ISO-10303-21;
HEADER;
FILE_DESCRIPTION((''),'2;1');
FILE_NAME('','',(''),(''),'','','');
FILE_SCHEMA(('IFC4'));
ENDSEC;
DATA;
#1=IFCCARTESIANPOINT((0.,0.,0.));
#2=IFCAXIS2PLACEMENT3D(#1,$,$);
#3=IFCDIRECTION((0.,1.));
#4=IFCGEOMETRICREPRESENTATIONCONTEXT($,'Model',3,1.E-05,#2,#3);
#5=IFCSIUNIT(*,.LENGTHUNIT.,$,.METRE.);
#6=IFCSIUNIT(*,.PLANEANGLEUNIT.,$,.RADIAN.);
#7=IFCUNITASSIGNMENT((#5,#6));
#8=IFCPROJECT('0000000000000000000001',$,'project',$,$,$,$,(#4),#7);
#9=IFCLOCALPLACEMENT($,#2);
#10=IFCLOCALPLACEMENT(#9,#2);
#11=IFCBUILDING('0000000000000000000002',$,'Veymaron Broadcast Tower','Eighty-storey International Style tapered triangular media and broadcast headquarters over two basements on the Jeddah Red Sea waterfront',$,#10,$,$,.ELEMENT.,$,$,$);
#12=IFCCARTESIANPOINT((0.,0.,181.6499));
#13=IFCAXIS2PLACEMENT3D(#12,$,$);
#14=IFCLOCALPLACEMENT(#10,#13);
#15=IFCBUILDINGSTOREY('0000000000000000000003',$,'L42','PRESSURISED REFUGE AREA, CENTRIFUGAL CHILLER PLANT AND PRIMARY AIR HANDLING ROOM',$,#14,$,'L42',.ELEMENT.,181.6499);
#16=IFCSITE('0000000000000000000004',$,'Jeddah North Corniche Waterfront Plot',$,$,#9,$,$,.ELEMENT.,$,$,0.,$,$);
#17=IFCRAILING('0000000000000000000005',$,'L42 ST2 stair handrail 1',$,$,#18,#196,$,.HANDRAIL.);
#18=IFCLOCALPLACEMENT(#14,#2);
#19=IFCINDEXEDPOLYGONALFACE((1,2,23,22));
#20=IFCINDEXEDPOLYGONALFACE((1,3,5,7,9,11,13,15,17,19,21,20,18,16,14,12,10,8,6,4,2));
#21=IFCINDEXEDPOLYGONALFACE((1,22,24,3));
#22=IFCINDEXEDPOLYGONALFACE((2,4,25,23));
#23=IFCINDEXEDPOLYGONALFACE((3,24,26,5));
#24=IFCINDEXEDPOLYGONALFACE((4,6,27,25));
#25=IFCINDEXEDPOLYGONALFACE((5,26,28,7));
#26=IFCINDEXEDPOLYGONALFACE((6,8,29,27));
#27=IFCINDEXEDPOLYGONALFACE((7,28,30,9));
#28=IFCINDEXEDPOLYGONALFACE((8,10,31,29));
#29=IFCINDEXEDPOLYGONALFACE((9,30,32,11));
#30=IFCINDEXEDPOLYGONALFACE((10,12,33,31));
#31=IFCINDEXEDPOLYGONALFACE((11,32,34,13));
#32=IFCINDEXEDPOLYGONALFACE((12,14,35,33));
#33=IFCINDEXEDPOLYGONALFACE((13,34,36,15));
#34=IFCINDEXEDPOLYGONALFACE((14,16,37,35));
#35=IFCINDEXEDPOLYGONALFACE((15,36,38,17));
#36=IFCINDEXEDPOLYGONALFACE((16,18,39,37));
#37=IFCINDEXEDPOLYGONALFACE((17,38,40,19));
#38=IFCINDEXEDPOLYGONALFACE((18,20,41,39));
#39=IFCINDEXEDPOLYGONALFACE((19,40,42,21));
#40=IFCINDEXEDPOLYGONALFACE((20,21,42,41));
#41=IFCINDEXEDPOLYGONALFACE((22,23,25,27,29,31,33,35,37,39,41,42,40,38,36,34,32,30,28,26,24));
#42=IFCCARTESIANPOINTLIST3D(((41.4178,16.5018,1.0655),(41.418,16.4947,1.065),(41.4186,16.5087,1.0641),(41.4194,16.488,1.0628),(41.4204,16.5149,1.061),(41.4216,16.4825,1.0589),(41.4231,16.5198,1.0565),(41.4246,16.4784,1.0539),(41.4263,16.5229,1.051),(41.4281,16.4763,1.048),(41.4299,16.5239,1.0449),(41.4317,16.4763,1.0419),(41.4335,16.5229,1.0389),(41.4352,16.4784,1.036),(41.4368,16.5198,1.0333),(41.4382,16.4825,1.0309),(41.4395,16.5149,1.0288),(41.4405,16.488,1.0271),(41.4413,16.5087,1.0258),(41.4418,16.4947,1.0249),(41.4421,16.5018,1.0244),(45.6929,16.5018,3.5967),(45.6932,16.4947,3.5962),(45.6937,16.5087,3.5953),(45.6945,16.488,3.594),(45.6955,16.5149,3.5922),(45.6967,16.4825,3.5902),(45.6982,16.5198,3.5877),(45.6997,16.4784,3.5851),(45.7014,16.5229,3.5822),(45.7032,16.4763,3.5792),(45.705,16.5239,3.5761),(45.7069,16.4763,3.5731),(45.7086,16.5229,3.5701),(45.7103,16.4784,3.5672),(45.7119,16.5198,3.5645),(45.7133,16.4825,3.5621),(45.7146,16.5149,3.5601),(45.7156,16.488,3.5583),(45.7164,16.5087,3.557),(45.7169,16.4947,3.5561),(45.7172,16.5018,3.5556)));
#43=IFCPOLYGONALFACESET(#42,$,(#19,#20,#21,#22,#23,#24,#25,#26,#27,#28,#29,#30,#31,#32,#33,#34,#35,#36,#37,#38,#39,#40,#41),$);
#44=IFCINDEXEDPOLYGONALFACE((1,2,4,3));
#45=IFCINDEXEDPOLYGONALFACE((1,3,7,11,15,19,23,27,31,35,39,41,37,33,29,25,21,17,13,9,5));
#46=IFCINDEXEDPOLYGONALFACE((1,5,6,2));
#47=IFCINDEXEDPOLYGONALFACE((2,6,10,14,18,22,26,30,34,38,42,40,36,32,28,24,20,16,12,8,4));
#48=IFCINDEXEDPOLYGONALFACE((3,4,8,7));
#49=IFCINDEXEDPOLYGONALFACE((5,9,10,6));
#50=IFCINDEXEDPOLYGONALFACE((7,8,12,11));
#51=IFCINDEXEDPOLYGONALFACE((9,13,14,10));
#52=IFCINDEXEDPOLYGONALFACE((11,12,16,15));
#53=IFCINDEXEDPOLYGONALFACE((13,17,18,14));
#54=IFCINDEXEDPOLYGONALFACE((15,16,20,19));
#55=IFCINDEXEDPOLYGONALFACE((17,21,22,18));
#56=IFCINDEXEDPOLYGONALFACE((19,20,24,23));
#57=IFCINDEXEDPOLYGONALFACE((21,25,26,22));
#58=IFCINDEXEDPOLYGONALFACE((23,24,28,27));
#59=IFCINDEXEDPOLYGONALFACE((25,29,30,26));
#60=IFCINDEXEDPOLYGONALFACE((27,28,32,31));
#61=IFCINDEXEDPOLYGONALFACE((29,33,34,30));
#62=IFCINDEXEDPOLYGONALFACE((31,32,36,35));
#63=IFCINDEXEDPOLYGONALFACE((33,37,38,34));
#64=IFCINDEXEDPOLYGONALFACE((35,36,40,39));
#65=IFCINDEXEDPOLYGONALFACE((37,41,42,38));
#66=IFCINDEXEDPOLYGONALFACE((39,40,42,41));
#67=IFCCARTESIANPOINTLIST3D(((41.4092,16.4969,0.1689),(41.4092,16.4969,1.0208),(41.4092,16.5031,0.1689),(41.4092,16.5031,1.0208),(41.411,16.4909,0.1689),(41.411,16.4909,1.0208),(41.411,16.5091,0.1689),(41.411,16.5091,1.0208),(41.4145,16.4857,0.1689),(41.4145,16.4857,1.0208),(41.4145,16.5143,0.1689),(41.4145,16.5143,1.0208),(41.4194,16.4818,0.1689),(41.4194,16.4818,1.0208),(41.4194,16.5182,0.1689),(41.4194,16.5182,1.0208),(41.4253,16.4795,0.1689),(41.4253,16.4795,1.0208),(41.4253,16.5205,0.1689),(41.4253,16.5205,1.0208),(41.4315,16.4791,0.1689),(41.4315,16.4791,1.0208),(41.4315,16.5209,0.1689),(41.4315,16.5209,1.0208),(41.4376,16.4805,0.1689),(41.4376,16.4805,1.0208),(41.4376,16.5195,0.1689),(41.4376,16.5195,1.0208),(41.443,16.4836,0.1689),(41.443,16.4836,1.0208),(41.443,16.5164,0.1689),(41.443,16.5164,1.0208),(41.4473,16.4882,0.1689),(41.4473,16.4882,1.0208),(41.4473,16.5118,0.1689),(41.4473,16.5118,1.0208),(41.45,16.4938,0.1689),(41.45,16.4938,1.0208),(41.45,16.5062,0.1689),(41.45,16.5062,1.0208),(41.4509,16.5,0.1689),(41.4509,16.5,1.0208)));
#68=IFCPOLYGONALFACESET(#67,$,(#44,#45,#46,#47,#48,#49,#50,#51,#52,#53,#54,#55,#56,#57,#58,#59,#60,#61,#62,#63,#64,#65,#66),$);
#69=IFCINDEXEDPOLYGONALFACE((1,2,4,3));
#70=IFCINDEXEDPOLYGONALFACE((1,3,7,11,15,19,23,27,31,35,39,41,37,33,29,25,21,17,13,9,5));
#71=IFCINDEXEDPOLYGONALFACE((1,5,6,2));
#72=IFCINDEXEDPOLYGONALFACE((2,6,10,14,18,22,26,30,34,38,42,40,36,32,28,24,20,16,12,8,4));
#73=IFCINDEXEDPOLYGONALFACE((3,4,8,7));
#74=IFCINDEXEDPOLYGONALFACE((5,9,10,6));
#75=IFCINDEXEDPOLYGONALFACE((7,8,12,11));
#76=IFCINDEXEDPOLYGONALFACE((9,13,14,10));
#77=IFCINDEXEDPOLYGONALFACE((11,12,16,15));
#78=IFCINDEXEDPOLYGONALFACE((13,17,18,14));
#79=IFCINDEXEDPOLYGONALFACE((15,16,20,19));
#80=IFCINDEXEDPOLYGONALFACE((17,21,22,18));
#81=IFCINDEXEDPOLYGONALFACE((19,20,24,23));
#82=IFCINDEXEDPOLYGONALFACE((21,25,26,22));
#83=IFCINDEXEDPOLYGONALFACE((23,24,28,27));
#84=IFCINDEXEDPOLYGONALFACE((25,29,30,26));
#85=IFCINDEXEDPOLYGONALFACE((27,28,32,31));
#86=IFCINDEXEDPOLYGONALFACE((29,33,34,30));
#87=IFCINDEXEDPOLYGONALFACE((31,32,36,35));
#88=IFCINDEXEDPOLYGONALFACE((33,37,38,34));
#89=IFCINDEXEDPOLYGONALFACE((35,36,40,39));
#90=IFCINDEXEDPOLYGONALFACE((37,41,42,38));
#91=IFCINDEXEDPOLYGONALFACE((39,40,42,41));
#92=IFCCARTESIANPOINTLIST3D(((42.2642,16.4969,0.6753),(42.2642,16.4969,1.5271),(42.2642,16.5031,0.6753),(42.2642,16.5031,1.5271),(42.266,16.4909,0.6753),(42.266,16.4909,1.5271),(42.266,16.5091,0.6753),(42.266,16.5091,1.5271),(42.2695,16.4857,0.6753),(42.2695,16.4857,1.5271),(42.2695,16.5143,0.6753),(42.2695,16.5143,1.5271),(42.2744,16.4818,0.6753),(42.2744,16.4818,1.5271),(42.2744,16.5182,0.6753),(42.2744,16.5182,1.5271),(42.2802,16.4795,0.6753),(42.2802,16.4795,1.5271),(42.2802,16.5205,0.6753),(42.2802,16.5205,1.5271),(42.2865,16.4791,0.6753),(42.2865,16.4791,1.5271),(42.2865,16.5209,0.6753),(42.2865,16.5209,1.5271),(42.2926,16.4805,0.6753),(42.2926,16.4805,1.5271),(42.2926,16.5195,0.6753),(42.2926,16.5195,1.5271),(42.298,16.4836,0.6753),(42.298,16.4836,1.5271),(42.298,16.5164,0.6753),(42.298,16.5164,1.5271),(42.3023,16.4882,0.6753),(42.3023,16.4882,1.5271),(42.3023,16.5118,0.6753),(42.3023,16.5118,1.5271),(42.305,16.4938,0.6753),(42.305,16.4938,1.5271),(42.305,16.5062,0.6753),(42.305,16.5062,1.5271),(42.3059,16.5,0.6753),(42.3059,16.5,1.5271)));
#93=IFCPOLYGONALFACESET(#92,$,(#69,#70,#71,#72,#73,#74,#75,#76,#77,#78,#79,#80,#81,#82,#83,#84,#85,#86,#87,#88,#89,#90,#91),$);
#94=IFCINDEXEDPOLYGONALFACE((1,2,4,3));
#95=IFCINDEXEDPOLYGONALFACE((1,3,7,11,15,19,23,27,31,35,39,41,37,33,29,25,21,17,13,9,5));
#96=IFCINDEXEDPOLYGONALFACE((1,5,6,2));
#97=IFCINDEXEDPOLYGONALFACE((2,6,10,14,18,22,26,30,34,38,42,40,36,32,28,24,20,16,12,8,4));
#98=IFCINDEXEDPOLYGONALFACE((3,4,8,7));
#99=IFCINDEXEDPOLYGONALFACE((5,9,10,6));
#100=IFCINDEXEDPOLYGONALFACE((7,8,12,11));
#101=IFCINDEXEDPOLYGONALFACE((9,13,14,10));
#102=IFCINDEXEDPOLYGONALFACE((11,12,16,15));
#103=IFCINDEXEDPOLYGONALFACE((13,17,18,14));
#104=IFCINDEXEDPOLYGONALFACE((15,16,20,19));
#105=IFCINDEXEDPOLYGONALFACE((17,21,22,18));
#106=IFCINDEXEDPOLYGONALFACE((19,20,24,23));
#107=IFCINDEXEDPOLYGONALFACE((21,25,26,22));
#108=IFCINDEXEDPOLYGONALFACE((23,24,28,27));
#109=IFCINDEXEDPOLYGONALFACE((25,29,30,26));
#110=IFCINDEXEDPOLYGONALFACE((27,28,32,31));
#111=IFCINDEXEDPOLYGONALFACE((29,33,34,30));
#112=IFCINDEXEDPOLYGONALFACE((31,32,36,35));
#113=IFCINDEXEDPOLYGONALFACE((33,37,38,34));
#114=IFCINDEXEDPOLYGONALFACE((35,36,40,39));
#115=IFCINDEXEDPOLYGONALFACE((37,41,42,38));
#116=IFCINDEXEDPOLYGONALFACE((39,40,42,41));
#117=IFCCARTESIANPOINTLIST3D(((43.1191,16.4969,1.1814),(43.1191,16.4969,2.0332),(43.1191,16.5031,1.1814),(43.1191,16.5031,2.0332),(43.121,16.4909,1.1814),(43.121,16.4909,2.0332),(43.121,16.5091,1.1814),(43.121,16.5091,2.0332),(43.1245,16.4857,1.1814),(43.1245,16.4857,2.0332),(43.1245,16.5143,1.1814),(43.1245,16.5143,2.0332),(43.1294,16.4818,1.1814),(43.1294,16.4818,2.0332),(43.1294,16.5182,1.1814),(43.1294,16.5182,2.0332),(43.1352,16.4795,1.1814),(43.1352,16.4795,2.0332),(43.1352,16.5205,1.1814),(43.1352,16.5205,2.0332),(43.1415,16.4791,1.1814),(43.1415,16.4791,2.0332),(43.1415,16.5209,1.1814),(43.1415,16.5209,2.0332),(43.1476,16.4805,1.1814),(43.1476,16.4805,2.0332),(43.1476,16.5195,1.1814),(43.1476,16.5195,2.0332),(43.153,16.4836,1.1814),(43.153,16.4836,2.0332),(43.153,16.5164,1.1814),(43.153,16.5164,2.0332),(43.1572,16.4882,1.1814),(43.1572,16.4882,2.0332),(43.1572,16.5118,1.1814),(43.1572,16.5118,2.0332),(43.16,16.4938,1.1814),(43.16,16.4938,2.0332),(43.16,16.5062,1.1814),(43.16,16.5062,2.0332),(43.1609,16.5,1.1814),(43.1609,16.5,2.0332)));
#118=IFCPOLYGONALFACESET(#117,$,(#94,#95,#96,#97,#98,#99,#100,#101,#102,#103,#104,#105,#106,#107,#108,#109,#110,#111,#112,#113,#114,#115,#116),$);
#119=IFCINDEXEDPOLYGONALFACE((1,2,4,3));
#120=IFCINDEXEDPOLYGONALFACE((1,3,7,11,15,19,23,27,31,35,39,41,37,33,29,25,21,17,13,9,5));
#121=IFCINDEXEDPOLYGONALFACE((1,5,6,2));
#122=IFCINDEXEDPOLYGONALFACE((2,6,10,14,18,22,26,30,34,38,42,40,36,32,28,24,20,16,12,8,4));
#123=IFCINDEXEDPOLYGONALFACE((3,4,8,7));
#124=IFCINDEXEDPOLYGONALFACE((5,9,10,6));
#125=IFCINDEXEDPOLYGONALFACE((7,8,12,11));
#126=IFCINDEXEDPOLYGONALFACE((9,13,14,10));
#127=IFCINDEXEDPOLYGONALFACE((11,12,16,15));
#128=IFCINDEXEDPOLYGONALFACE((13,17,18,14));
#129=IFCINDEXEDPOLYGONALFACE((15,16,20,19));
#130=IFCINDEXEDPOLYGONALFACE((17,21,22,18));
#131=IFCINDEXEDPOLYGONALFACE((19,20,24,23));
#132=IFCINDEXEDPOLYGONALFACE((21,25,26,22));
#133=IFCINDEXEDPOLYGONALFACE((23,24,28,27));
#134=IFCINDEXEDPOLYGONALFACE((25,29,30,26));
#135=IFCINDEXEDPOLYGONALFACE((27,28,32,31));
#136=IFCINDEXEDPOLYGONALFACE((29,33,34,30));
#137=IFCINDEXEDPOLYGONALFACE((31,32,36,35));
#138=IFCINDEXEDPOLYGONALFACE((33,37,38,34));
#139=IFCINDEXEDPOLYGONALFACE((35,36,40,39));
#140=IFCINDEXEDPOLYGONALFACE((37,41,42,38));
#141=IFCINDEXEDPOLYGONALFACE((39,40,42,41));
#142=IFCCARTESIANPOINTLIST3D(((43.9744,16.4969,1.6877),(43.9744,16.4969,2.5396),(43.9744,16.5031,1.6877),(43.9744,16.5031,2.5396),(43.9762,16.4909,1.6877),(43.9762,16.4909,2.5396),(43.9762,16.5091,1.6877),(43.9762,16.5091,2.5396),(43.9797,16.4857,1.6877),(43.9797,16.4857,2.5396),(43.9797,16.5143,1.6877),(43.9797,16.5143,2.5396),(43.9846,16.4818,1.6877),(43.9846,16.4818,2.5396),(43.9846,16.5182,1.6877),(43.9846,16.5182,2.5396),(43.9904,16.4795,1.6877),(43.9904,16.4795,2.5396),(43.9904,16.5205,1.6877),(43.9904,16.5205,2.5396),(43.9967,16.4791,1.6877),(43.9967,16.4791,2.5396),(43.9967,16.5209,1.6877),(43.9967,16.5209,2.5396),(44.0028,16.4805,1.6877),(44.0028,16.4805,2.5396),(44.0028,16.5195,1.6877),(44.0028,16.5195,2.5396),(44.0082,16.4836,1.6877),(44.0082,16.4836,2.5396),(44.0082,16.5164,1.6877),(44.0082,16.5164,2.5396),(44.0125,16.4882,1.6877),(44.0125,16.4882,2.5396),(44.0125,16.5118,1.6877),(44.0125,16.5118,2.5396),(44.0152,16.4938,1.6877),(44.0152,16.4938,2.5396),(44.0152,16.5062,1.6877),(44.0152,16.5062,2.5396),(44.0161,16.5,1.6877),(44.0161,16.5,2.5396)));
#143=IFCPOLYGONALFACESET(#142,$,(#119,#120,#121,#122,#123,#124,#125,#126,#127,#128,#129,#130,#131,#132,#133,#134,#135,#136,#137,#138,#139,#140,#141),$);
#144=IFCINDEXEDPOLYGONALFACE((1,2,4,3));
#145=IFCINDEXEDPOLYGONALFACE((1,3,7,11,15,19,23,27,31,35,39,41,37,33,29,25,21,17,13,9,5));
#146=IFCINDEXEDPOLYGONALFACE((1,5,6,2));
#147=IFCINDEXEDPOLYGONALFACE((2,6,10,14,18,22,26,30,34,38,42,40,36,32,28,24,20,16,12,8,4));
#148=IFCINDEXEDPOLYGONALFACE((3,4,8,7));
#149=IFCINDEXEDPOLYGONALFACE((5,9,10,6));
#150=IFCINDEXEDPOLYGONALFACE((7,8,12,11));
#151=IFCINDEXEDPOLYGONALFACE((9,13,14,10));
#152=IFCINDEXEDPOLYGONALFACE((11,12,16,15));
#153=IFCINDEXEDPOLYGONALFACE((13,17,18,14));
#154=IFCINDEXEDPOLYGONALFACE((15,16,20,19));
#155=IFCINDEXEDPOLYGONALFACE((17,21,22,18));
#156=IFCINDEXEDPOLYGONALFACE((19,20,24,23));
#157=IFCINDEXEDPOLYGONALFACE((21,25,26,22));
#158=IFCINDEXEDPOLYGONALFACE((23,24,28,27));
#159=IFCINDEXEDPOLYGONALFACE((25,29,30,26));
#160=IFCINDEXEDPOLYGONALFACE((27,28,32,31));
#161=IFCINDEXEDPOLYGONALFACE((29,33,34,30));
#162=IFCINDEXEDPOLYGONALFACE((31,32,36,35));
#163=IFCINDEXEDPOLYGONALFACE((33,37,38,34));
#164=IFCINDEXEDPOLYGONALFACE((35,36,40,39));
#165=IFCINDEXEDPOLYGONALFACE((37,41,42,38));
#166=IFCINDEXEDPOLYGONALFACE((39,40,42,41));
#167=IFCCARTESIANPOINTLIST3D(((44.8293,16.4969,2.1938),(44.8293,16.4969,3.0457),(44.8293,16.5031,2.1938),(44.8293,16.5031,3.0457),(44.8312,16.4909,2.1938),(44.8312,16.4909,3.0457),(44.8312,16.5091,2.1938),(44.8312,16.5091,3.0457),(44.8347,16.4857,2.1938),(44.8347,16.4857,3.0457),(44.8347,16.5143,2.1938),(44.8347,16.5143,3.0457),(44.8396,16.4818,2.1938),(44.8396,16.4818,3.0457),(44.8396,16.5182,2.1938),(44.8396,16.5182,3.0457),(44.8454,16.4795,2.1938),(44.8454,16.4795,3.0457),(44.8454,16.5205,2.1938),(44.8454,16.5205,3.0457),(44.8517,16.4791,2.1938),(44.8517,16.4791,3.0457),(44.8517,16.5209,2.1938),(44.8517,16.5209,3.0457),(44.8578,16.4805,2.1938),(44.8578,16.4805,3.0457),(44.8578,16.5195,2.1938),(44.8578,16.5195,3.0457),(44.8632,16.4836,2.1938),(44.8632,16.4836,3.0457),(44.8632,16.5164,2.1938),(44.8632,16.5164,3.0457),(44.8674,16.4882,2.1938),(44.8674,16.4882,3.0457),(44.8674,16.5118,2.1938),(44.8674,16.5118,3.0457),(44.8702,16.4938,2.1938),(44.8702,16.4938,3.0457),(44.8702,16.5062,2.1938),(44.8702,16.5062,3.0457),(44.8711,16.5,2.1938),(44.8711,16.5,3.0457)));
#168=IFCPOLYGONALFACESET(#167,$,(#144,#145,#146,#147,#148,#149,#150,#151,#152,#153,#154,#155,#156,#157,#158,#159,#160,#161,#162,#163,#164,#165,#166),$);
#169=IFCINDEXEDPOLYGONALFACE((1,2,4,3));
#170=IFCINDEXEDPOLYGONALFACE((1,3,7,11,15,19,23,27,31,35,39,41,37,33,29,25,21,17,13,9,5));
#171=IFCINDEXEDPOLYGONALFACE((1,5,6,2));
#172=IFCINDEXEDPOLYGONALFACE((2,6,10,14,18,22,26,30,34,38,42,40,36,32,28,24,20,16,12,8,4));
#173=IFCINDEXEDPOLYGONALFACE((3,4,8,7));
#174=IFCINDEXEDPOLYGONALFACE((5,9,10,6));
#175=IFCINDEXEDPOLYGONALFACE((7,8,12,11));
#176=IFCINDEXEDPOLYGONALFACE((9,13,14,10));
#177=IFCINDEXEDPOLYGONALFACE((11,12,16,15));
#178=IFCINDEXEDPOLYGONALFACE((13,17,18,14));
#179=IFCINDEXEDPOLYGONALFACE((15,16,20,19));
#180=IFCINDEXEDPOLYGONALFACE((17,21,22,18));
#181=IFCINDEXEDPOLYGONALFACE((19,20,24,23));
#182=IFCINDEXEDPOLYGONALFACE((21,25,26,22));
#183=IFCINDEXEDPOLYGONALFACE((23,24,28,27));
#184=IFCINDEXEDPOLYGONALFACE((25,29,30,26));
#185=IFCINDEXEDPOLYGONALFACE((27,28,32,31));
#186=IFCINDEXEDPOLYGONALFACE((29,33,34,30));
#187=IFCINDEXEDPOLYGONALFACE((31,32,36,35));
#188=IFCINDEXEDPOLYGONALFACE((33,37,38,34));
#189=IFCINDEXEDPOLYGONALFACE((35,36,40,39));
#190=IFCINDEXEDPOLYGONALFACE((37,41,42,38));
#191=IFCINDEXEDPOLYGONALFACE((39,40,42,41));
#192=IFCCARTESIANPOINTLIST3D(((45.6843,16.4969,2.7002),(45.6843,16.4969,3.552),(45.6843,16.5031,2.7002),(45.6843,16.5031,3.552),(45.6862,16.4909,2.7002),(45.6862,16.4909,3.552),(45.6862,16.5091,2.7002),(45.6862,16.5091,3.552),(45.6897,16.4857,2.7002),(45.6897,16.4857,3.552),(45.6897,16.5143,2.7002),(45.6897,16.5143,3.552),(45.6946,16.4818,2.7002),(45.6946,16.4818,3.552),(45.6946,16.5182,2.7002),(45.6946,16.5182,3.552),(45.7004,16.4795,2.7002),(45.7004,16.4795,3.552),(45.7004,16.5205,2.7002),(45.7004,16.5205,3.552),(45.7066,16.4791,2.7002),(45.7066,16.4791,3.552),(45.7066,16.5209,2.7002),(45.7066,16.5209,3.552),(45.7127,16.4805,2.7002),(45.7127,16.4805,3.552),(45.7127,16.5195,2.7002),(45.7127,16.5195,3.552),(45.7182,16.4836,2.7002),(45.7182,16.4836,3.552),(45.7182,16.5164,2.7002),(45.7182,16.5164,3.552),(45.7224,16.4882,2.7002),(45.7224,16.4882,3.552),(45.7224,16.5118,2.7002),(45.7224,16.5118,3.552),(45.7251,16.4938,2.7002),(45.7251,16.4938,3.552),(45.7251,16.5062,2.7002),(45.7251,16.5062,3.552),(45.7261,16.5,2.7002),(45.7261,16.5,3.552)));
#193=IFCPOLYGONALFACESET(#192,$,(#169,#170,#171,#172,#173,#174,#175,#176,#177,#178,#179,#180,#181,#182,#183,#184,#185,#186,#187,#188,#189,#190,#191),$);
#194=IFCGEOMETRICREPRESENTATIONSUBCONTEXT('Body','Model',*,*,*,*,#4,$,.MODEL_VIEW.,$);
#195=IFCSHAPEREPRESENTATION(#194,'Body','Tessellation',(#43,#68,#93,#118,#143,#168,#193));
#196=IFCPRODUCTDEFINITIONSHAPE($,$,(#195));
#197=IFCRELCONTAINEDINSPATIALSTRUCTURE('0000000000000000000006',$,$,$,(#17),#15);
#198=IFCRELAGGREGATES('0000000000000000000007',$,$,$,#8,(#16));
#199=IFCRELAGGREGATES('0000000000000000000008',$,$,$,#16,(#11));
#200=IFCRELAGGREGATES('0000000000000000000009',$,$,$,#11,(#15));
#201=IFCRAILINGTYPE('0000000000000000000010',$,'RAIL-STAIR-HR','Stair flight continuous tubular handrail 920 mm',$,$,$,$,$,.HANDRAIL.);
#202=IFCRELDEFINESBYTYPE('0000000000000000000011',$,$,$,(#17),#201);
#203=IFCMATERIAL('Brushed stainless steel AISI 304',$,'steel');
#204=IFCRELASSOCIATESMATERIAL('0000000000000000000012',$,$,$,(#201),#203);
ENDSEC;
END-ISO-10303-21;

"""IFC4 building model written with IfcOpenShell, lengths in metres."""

from ifc_helpers import new_model, si_unit, direction, frame, origin, origin_2d, place, context, subcontext, project, spatial, circle, extrude, material, type_object, element, save


model = new_model("IFC4")

# Units and contexts
model_context = context("Model", 3, precision=1e-05, world=origin(), true_north=direction((0.0, 1.0)))
body_context = subcontext(model_context, "Body", "Model", "MODEL_VIEW")
ifc_project = project(units=[si_unit("LENGTHUNIT", "METRE"), si_unit("PLANEANGLEUNIT", "RADIAN")], contexts=[model_context])

# Site, building, storey
site_placement = place(None, origin())
site = spatial("IfcSite", under=ifc_project, at=site_placement, Name="Jeddah North Corniche Waterfront Plot", CompositionType="ELEMENT", RefElevation=0.0)
building_placement = place(site_placement, origin())
building = spatial("IfcBuilding", under=site, at=building_placement, Name="Veymaron Broadcast Tower", Description="Eighty-storey International Style tapered triangular media and broadcast headquarters over two basements on the Jeddah Red Sea waterfront", CompositionType="ELEMENT")
storey_placement = place(building_placement, frame((0.0, 0.0, 181.6499)))
storey = spatial("IfcBuildingStorey", under=building, at=storey_placement, Name="L42", Description="PRESSURISED REFUGE AREA, CENTRIFUGAL CHILLER PLANT AND PRIMARY AIR HANDLING ROOM", LongName="L42", CompositionType="ELEMENT", Elevation=181.6499)

# Railing
ifc_material_1 = material(Name="Brushed stainless steel AISI 304", Category="steel")
railing_type_1 = type_object("IfcRailingType", Name="RAIL-STAIR-HR", Description="Stair flight continuous tubular handrail 920 mm", PredefinedType="HANDRAIL", material=ifc_material_1)
railing_1_placement = place(storey_placement, frame((41.4299, 16.5, 0.1689)))
element("IfcRailing", 1, at=railing_1_placement, inside=storey, type_object=railing_type_1, Name="L42 ST2 stair handrail 1", PredefinedType="HANDRAIL", context=body_context, shape_type="SweptSolid", body=[
    extrude(circle(Radius=0.0239, at=origin_2d()), frame((0.0, 0.0, 0.876), z_axis=(0.860483, 0.0, 0.509479), x_axis=(0.0, 1.0, 0.0)), (0.0, 0.0, 1.0), 4.9683),
    extrude(circle(Radius=0.021, at=origin_2d()), origin(), (0.0, 0.0, 1.0), 0.8518),
    extrude(circle(Radius=0.021, at=origin_2d()), frame((0.855, 0.0, 0.5063)), (0.0, 0.0, 1.0), 0.8518),
    extrude(circle(Radius=0.021, at=origin_2d()), frame((1.71, 0.0, 1.0125)), (0.0, 0.0, 1.0), 0.8518),
    extrude(circle(Radius=0.021, at=origin_2d()), frame((2.5652, 0.0, 1.5188)), (0.0, 0.0, 1.0), 0.8518),
    extrude(circle(Radius=0.021, at=origin_2d()), frame((3.4202, 0.0, 2.0249)), (0.0, 0.0, 1.0), 0.8518),
    extrude(circle(Radius=0.021, at=origin_2d()), frame((4.2751, 0.0, 2.5312)), (0.0, 0.0, 1.0), 0.8518),
])

save(model, "model.ifc")
